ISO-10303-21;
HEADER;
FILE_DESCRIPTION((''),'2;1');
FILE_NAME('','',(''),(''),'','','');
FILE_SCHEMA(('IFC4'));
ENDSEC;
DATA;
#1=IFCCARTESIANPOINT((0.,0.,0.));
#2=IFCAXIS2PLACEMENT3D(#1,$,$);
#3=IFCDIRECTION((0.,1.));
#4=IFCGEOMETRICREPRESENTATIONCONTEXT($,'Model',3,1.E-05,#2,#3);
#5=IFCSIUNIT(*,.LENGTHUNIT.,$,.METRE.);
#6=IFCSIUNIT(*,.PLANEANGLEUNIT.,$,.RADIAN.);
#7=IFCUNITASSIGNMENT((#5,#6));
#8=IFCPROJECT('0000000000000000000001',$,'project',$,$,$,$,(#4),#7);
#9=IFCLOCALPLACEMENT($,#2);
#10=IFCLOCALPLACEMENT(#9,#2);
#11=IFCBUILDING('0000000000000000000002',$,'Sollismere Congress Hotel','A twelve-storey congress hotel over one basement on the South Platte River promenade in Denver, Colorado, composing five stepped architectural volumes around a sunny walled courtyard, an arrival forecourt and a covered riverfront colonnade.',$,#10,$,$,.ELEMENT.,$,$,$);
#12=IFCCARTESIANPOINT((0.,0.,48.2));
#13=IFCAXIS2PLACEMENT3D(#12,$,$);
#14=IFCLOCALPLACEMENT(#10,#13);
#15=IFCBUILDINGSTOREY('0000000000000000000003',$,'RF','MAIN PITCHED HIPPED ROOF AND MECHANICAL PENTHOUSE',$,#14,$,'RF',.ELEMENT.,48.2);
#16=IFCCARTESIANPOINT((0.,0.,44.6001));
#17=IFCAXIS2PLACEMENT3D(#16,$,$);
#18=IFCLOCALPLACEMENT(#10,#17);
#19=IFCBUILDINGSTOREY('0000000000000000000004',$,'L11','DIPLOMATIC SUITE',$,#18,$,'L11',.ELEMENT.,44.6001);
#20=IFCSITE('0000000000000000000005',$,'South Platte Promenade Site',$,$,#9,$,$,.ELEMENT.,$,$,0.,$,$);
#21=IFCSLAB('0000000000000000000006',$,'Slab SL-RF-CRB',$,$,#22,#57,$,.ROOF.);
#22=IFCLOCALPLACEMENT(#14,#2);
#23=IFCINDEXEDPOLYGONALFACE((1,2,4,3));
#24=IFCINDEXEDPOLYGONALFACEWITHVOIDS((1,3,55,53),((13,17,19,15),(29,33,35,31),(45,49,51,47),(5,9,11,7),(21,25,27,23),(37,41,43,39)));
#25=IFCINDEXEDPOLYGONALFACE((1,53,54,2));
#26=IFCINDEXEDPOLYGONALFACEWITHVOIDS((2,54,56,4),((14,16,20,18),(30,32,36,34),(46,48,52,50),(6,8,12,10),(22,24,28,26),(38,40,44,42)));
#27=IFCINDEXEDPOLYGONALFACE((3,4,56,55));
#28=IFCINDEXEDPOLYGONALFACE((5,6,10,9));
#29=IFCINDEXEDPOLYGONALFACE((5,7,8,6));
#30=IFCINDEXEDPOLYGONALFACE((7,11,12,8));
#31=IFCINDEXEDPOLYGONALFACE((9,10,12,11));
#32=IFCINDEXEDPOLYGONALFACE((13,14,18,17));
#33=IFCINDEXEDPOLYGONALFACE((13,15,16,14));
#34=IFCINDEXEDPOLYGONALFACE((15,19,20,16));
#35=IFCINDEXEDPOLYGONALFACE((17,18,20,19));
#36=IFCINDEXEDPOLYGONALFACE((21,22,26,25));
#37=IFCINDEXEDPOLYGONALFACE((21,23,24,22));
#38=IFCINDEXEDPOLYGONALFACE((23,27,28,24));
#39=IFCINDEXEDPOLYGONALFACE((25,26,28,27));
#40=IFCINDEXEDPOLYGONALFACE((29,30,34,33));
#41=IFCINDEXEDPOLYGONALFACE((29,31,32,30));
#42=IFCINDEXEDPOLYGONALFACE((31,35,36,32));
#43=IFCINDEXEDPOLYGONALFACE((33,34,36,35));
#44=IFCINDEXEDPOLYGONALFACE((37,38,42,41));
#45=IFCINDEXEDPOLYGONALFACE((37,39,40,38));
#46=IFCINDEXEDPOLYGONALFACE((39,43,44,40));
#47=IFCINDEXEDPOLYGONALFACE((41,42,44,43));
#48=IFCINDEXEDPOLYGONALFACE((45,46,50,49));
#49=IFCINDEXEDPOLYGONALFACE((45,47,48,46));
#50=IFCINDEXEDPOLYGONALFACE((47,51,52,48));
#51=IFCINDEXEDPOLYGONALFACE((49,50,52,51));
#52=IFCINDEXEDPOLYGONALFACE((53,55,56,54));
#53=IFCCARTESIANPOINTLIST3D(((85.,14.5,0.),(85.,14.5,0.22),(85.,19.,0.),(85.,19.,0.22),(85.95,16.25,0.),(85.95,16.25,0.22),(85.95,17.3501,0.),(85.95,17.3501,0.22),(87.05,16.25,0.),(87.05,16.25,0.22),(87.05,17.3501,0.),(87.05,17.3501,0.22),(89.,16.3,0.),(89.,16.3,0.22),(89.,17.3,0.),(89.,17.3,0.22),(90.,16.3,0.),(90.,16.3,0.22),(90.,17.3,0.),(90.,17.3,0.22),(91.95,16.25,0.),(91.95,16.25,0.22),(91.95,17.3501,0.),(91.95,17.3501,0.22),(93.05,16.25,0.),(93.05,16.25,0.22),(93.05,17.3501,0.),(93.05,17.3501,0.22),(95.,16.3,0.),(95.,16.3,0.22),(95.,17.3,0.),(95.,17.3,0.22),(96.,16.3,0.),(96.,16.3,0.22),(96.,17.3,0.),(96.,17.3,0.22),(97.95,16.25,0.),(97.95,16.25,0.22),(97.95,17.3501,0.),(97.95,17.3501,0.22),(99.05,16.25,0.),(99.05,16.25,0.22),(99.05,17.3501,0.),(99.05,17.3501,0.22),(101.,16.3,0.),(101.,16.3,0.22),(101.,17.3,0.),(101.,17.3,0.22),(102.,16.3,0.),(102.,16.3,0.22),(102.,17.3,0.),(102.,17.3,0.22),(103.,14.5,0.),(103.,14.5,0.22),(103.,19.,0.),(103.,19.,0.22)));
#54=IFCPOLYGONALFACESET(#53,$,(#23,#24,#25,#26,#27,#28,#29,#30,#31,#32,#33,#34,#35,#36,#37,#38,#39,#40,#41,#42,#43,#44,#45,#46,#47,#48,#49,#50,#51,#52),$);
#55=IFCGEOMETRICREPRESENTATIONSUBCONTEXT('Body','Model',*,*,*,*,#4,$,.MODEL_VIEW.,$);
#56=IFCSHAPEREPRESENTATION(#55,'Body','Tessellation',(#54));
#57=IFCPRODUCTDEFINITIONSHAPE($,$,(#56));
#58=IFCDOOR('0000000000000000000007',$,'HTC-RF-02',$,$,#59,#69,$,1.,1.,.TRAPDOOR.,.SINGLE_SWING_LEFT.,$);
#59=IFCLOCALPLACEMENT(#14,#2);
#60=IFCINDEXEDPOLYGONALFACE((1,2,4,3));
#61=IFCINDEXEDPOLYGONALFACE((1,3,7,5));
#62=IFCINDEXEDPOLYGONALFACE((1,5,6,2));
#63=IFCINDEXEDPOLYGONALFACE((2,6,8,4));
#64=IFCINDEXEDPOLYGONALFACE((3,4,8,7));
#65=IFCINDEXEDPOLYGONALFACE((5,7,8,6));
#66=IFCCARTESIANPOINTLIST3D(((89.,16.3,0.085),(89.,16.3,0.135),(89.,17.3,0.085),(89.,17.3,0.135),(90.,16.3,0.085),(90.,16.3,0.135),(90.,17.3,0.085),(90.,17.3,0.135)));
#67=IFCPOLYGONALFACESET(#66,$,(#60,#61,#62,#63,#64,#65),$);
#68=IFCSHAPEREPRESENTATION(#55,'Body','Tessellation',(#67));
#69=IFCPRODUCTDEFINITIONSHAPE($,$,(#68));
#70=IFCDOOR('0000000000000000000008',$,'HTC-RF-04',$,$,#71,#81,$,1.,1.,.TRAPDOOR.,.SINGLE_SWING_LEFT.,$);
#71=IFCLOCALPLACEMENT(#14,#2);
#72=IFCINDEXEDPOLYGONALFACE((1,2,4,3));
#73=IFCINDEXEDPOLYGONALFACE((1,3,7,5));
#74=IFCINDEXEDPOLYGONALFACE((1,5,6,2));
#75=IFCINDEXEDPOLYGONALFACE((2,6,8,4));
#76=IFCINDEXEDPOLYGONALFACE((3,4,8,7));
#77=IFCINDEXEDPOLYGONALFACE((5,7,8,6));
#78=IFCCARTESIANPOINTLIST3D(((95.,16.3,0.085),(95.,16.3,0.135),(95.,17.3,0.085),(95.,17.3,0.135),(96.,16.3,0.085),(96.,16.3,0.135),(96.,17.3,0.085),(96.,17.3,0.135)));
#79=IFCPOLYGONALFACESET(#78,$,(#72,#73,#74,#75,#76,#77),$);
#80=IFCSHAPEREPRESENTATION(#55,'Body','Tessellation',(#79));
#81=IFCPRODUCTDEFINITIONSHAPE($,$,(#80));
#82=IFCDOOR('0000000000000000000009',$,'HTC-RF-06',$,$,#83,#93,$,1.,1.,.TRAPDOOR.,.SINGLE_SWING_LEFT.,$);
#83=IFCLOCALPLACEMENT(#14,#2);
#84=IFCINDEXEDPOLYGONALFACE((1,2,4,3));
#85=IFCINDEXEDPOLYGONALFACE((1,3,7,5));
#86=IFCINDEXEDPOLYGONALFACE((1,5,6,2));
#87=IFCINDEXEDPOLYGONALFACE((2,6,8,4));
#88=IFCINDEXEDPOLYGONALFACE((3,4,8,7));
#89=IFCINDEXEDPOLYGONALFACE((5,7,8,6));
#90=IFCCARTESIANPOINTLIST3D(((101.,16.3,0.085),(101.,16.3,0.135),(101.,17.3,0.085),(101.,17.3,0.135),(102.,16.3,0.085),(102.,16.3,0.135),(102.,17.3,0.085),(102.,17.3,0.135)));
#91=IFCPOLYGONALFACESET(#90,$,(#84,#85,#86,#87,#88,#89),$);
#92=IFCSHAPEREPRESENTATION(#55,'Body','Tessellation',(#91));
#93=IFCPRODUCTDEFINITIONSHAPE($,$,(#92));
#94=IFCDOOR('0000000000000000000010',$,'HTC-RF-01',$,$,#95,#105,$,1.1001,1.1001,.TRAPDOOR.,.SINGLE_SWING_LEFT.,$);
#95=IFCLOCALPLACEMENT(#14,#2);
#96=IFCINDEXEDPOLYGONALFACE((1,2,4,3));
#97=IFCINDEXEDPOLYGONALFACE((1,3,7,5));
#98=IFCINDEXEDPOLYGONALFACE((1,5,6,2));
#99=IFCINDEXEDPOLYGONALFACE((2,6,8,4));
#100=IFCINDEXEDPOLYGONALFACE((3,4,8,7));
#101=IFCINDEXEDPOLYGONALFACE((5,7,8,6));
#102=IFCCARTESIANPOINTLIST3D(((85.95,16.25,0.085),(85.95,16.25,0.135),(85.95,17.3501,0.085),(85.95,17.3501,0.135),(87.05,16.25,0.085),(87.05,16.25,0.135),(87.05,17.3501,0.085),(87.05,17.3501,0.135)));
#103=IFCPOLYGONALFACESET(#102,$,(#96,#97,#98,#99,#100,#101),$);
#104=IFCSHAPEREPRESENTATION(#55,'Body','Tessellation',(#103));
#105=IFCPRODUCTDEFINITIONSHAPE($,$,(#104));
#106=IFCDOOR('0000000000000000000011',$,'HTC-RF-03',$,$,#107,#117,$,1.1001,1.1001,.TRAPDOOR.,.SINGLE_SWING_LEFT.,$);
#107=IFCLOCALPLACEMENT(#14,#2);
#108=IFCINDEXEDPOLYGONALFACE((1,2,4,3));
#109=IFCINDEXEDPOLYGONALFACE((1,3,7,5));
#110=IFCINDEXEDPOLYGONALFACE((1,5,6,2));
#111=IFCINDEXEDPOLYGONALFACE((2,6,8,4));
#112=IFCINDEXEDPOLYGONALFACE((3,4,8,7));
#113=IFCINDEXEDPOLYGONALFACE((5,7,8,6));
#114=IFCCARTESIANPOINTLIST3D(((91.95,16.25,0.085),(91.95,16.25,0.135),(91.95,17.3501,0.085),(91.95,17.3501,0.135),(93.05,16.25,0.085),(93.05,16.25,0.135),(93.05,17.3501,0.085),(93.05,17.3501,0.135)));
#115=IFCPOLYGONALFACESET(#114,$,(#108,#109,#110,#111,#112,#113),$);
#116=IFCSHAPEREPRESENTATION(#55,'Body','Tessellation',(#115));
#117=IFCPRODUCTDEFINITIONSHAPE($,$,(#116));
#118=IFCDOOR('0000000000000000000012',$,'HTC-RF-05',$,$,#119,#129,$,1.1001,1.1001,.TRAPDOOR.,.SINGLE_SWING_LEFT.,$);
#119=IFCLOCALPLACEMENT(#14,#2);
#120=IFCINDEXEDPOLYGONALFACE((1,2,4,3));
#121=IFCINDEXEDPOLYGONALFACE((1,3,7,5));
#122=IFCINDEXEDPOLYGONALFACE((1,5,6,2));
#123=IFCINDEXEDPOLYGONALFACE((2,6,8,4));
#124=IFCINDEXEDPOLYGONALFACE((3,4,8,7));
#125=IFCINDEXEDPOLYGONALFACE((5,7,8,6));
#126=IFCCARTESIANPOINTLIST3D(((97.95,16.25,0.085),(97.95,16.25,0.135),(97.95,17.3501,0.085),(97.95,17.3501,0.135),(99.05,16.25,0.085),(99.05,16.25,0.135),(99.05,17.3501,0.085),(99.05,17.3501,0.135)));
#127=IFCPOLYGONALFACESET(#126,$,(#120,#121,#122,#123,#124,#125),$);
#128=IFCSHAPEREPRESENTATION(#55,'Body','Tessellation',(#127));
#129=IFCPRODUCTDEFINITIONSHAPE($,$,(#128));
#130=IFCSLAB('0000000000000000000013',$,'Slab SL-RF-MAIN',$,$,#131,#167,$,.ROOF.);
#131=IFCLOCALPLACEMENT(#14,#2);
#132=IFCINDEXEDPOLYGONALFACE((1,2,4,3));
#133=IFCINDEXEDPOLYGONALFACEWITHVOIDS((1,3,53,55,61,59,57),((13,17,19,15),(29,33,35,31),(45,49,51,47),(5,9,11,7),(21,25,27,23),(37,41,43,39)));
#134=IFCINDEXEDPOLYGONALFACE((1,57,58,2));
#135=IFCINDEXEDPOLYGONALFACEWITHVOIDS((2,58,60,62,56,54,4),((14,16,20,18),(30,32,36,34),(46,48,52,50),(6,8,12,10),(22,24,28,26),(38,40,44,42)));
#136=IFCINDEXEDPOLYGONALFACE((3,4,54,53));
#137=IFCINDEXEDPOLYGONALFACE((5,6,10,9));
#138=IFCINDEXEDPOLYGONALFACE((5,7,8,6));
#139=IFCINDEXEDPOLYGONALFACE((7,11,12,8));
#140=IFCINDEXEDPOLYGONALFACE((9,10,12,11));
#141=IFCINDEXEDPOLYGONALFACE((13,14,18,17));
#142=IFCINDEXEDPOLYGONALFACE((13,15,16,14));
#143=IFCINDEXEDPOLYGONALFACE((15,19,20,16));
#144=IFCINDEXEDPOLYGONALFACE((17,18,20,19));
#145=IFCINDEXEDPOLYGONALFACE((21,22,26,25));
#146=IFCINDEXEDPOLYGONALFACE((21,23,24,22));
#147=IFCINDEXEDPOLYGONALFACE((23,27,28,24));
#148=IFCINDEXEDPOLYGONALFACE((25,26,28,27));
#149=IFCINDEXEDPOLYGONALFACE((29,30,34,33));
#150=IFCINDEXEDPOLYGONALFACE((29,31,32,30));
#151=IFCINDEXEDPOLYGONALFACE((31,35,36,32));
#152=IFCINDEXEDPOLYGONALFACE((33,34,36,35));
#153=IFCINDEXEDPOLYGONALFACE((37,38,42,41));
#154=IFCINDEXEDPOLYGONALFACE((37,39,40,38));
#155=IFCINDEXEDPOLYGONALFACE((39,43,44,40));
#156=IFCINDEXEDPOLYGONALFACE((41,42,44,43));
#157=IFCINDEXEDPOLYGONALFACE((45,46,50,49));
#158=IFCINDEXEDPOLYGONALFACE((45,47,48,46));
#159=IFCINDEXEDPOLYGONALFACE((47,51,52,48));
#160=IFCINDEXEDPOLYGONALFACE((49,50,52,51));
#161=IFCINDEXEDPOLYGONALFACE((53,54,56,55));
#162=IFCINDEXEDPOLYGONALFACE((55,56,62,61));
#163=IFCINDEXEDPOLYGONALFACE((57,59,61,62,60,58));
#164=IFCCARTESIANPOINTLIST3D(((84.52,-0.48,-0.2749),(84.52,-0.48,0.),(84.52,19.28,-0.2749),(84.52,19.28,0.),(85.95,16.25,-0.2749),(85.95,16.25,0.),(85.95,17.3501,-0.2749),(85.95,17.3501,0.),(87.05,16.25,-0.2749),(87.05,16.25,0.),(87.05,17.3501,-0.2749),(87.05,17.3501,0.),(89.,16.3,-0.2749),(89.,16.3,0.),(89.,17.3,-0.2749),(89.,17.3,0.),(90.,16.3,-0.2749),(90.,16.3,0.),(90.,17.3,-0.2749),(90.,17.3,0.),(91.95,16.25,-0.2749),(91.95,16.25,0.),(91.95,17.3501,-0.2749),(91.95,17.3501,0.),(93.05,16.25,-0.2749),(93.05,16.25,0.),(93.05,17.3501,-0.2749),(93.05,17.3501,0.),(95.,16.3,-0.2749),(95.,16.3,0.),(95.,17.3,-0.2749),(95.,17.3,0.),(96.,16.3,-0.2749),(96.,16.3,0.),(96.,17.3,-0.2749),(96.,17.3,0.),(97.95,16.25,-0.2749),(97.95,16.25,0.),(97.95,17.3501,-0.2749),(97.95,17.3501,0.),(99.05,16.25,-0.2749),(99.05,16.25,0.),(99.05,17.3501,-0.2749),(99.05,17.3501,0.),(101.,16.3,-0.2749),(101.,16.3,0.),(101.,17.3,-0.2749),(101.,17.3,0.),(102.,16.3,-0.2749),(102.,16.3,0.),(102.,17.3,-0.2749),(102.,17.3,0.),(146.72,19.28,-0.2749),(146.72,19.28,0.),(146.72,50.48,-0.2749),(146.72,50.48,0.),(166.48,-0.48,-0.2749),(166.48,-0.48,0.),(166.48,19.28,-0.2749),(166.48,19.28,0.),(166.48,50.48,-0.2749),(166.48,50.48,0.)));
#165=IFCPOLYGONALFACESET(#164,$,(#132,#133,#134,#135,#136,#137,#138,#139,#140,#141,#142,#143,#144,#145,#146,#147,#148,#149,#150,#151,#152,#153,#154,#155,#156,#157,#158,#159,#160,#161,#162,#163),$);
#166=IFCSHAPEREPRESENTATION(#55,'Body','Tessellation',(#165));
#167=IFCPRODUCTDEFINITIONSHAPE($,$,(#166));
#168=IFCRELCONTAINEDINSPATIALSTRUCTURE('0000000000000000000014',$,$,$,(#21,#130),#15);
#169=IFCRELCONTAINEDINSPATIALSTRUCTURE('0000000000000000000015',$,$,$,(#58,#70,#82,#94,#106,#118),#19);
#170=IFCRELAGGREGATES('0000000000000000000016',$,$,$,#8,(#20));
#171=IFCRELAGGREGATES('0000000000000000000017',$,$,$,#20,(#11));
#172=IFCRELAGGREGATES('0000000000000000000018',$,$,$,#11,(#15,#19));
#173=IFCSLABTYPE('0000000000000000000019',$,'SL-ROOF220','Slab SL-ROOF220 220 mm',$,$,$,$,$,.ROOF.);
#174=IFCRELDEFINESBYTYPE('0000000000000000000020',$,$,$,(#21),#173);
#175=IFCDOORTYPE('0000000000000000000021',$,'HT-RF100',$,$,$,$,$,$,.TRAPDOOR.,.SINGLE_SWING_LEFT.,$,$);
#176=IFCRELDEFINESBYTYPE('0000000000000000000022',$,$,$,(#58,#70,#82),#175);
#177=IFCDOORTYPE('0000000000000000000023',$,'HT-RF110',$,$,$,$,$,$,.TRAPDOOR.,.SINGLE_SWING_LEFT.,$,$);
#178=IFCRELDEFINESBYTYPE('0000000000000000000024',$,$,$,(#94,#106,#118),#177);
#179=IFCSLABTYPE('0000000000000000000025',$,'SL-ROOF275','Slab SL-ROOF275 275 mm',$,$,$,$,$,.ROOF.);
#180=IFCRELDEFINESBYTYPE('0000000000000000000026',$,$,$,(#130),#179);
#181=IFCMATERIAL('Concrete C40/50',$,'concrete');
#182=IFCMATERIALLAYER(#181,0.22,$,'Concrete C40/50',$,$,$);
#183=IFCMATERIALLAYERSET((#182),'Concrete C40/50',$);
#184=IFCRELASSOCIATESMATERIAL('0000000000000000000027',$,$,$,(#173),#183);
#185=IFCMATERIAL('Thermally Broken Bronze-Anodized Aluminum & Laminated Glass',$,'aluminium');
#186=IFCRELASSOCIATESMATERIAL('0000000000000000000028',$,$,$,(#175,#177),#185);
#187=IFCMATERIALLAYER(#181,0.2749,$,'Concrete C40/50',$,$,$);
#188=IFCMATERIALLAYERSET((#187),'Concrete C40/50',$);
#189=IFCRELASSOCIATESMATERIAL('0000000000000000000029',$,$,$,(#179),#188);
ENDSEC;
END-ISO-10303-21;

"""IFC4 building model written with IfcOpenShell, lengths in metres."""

from ifc_helpers import new_model, si_unit, direction, frame, origin, origin_2d, place, context, subcontext, project, spatial, polyline, rectangle, outline, extrude, material, layer, layer_set, type_object, element, fill, save


model = new_model("IFC4")

# Units and contexts
model_context = context("Model", 3, precision=1e-05, world=origin(), true_north=direction((0.0, 1.0)))
body_context = subcontext(model_context, "Body", "Model", "MODEL_VIEW")
ifc_project = project(units=[si_unit("LENGTHUNIT", "METRE"), si_unit("PLANEANGLEUNIT", "RADIAN")], contexts=[model_context])

# Site, building, storey
site_placement = place(None, origin())
site = spatial("IfcSite", under=ifc_project, at=site_placement, Name="South Platte Promenade Site", CompositionType="ELEMENT", RefElevation=0.0)
building_placement = place(site_placement, origin())
building = spatial("IfcBuilding", under=site, at=building_placement, Name="Sollismere Congress Hotel", Description="A twelve-storey congress hotel over one basement on the South Platte River promenade in Denver, Colorado, composing five stepped architectural volumes around a sunny walled courtyard, an arrival forecourt and a covered riverfront colonnade.", CompositionType="ELEMENT")
storey_1_placement = place(building_placement, frame((0.0, 0.0, 48.2)))
storey_1 = spatial("IfcBuildingStorey", under=building, at=storey_1_placement, Name="RF", Description="MAIN PITCHED HIPPED ROOF AND MECHANICAL PENTHOUSE", LongName="RF", CompositionType="ELEMENT", Elevation=48.2)

# Slab, openings
ifc_material_1 = material(Name="Concrete C40/50", Category="concrete")
ifc_layer_1 = layer(ifc_material_1, 0.22, Name="Concrete C40/50")
ifc_layer_set_1 = layer_set([ifc_layer_1], Name="Concrete C40/50")
slab_type_1 = type_object("IfcSlabType", Name="SL-ROOF220", Description="Slab SL-ROOF220 220 mm", PredefinedType="ROOF", material=ifc_layer_set_1)
slab_1_placement = place(storey_1_placement, origin())
slab_1 = element("IfcSlab", 1, at=slab_1_placement, inside=storey_1, type_object=slab_type_1, Name="Slab SL-RF-CRB", PredefinedType="ROOF", context=body_context, shape_type="SweptSolid", body=[
    extrude(outline(polyline([(103.0, 14.5), (103.0, 19.0), (85.0, 19.0), (85.0, 14.5), (103.0, 14.5)]), holes=[polyline([(85.95, 17.3501), (87.05, 17.3501), (87.05, 16.25), (85.95, 16.25), (85.95, 17.3501)]), polyline([(90.0, 17.3), (90.0, 16.3), (89.0, 16.3), (89.0, 17.3), (90.0, 17.3)]), polyline([(93.05, 17.3501), (93.05, 16.25), (91.95, 16.25), (91.95, 17.3501), (93.05, 17.3501)]), polyline([(95.0, 17.3), (96.0, 17.3), (96.0, 16.3), (95.0, 16.3), (95.0, 17.3)]), polyline([(99.05, 17.3501), (99.05, 16.25), (97.95, 16.25), (97.95, 17.3501), (99.05, 17.3501)]), polyline([(102.0, 17.3), (102.0, 16.3), (101.0, 16.3), (101.0, 17.3), (102.0, 17.3)])]), origin(), (0.0, 0.0, 1.0), 0.22),
])
opening_1_placement = place(slab_1_placement, frame((86.5, 16.8, -0.01)))
opening_1 = element("IfcOpeningElement", 2, at=opening_1_placement, cuts=slab_1, PredefinedType="OPENING", context=body_context, shape_type="SweptSolid", body=[
    extrude(rectangle(XDim=1.1001, YDim=1.1001, at=origin_2d()), origin(), (0.0, 0.0, 1.0), 0.24),
])
opening_2_placement = place(slab_1_placement, frame((89.5, 16.8, -0.01)))
opening_2 = element("IfcOpeningElement", 3, at=opening_2_placement, cuts=slab_1, PredefinedType="OPENING", context=body_context, shape_type="SweptSolid", body=[
    extrude(rectangle(XDim=1.0, YDim=1.0, at=origin_2d()), origin(), (0.0, 0.0, 1.0), 0.24),
])
opening_3_placement = place(slab_1_placement, frame((92.5, 16.8, -0.01)))
opening_3 = element("IfcOpeningElement", 4, at=opening_3_placement, cuts=slab_1, PredefinedType="OPENING", context=body_context, shape_type="SweptSolid", body=[
    extrude(rectangle(XDim=1.1001, YDim=1.1001, at=origin_2d()), origin(), (0.0, 0.0, 1.0), 0.24),
])
opening_4_placement = place(slab_1_placement, frame((95.5, 16.8, -0.01)))
opening_4 = element("IfcOpeningElement", 5, at=opening_4_placement, cuts=slab_1, PredefinedType="OPENING", context=body_context, shape_type="SweptSolid", body=[
    extrude(rectangle(XDim=1.0, YDim=1.0, at=origin_2d()), origin(), (0.0, 0.0, 1.0), 0.24),
])
opening_5_placement = place(slab_1_placement, frame((98.5, 16.8, -0.01)))
opening_5 = element("IfcOpeningElement", 6, at=opening_5_placement, cuts=slab_1, PredefinedType="OPENING", context=body_context, shape_type="SweptSolid", body=[
    extrude(rectangle(XDim=1.1001, YDim=1.1001, at=origin_2d()), origin(), (0.0, 0.0, 1.0), 0.24),
])
opening_6_placement = place(slab_1_placement, frame((101.5, 16.8, -0.01)))
opening_6 = element("IfcOpeningElement", 7, at=opening_6_placement, cuts=slab_1, PredefinedType="OPENING", context=body_context, shape_type="SweptSolid", body=[
    extrude(rectangle(XDim=1.0, YDim=1.0, at=origin_2d()), origin(), (0.0, 0.0, 1.0), 0.24),
])

# Shared definitions
storey_2_placement = place(building_placement, frame((0.0, 0.0, 44.6001)))
storey_2 = spatial("IfcBuildingStorey", under=building, at=storey_2_placement, Name="L11", Description="DIPLOMATIC SUITE", LongName="L11", CompositionType="ELEMENT", Elevation=44.6001)

# Doors
ifc_material_2 = material(Name="Thermally Broken Bronze-Anodized Aluminum & Laminated Glass", Category="aluminium")
door_type_1 = type_object("IfcDoorType", Name="HT-RF100", OperationType="SINGLE_SWING_LEFT", PredefinedType="TRAPDOOR", material=ifc_material_2)
door_1_placement = place(opening_2_placement, frame((0.0, 0.0, 0.095)))
door_1 = element("IfcDoor", 8, at=door_1_placement, inside=storey_2, type_object=door_type_1, Name="HTC-RF-02", OperationType="SINGLE_SWING_LEFT", OverallHeight=1.0, OverallWidth=1.0, PredefinedType="TRAPDOOR", context=body_context, shape_type="SweptSolid", body=[
    extrude(rectangle(XDim=1.0, YDim=1.0, at=origin_2d()), origin(), (0.0, 0.0, 1.0), 0.05),
])
fill(opening_2, door_1)
door_2_placement = place(opening_4_placement, frame((0.0, 0.0, 0.095)))
door_2 = element("IfcDoor", 9, at=door_2_placement, inside=storey_2, type_object=door_type_1, Name="HTC-RF-04", OperationType="SINGLE_SWING_LEFT", OverallHeight=1.0, OverallWidth=1.0, PredefinedType="TRAPDOOR", context=body_context, shape_type="SweptSolid", body=[
    extrude(rectangle(XDim=1.0, YDim=1.0, at=origin_2d()), origin(), (0.0, 0.0, 1.0), 0.05),
])
fill(opening_4, door_2)
door_3_placement = place(opening_6_placement, frame((0.0, 0.0, 0.095)))
door_3 = element("IfcDoor", 10, at=door_3_placement, inside=storey_2, type_object=door_type_1, Name="HTC-RF-06", OperationType="SINGLE_SWING_LEFT", OverallHeight=1.0, OverallWidth=1.0, PredefinedType="TRAPDOOR", context=body_context, shape_type="SweptSolid", body=[
    extrude(rectangle(XDim=1.0, YDim=1.0, at=origin_2d()), origin(), (0.0, 0.0, 1.0), 0.05),
])
fill(opening_6, door_3)
door_type_2 = type_object("IfcDoorType", Name="HT-RF110", OperationType="SINGLE_SWING_LEFT", PredefinedType="TRAPDOOR", material=ifc_material_2)
door_4_placement = place(opening_1_placement, frame((0.0, 0.0, 0.095)))
door_4 = element("IfcDoor", 11, at=door_4_placement, inside=storey_2, type_object=door_type_2, Name="HTC-RF-01", OperationType="SINGLE_SWING_LEFT", OverallHeight=1.1001, OverallWidth=1.1001, PredefinedType="TRAPDOOR", context=body_context, shape_type="SweptSolid", body=[
    extrude(rectangle(XDim=1.1001, YDim=1.1001, at=origin_2d()), origin(), (0.0, 0.0, 1.0), 0.05),
])
fill(opening_1, door_4)
door_5_placement = place(opening_3_placement, frame((0.0, 0.0, 0.095)))
door_5 = element("IfcDoor", 12, at=door_5_placement, inside=storey_2, type_object=door_type_2, Name="HTC-RF-03", OperationType="SINGLE_SWING_LEFT", OverallHeight=1.1001, OverallWidth=1.1001, PredefinedType="TRAPDOOR", context=body_context, shape_type="SweptSolid", body=[
    extrude(rectangle(XDim=1.1001, YDim=1.1001, at=origin_2d()), origin(), (0.0, 0.0, 1.0), 0.05),
])
fill(opening_3, door_5)
door_6_placement = place(opening_5_placement, frame((0.0, 0.0, 0.095)))
door_6 = element("IfcDoor", 13, at=door_6_placement, inside=storey_2, type_object=door_type_2, Name="HTC-RF-05", OperationType="SINGLE_SWING_LEFT", OverallHeight=1.1001, OverallWidth=1.1001, PredefinedType="TRAPDOOR", context=body_context, shape_type="SweptSolid", body=[
    extrude(rectangle(XDim=1.1001, YDim=1.1001, at=origin_2d()), origin(), (0.0, 0.0, 1.0), 0.05),
])
fill(opening_5, door_6)

# Slab
ifc_layer_2 = layer(ifc_material_1, 0.2749, Name="Concrete C40/50")
ifc_layer_set_2 = layer_set([ifc_layer_2], Name="Concrete C40/50")
slab_type_2 = type_object("IfcSlabType", Name="SL-ROOF275", Description="Slab SL-ROOF275 275 mm", PredefinedType="ROOF", material=ifc_layer_set_2)
slab_2_placement = place(storey_1_placement, frame((0.0, 0.0, -0.2749)))
element("IfcSlab", 14, at=slab_2_placement, inside=storey_1, type_object=slab_type_2, Name="Slab SL-RF-MAIN", PredefinedType="ROOF", context=body_context, shape_type="SweptSolid", body=[
    extrude(outline(polyline([(166.48, -0.48), (166.48, 19.28), (166.48, 50.48), (146.72, 50.48), (146.72, 19.28), (84.52, 19.28), (84.52, -0.48), (166.48, -0.48)]), holes=[polyline([(85.95, 17.3501), (87.05, 17.3501), (87.05, 16.25), (85.95, 16.25), (85.95, 17.3501)]), polyline([(90.0, 17.3), (90.0, 16.3), (89.0, 16.3), (89.0, 17.3), (90.0, 17.3)]), polyline([(93.05, 17.3501), (93.05, 16.25), (91.95, 16.25), (91.95, 17.3501), (93.05, 17.3501)]), polyline([(95.0, 17.3), (96.0, 17.3), (96.0, 16.3), (95.0, 16.3), (95.0, 17.3)]), polyline([(99.05, 17.3501), (99.05, 16.25), (97.95, 16.25), (97.95, 17.3501), (99.05, 17.3501)]), polyline([(102.0, 17.3), (102.0, 16.3), (101.0, 16.3), (101.0, 17.3), (102.0, 17.3)])]), origin(), (0.0, 0.0, 1.0), 0.2749),
])

save(model, "model.ifc")
